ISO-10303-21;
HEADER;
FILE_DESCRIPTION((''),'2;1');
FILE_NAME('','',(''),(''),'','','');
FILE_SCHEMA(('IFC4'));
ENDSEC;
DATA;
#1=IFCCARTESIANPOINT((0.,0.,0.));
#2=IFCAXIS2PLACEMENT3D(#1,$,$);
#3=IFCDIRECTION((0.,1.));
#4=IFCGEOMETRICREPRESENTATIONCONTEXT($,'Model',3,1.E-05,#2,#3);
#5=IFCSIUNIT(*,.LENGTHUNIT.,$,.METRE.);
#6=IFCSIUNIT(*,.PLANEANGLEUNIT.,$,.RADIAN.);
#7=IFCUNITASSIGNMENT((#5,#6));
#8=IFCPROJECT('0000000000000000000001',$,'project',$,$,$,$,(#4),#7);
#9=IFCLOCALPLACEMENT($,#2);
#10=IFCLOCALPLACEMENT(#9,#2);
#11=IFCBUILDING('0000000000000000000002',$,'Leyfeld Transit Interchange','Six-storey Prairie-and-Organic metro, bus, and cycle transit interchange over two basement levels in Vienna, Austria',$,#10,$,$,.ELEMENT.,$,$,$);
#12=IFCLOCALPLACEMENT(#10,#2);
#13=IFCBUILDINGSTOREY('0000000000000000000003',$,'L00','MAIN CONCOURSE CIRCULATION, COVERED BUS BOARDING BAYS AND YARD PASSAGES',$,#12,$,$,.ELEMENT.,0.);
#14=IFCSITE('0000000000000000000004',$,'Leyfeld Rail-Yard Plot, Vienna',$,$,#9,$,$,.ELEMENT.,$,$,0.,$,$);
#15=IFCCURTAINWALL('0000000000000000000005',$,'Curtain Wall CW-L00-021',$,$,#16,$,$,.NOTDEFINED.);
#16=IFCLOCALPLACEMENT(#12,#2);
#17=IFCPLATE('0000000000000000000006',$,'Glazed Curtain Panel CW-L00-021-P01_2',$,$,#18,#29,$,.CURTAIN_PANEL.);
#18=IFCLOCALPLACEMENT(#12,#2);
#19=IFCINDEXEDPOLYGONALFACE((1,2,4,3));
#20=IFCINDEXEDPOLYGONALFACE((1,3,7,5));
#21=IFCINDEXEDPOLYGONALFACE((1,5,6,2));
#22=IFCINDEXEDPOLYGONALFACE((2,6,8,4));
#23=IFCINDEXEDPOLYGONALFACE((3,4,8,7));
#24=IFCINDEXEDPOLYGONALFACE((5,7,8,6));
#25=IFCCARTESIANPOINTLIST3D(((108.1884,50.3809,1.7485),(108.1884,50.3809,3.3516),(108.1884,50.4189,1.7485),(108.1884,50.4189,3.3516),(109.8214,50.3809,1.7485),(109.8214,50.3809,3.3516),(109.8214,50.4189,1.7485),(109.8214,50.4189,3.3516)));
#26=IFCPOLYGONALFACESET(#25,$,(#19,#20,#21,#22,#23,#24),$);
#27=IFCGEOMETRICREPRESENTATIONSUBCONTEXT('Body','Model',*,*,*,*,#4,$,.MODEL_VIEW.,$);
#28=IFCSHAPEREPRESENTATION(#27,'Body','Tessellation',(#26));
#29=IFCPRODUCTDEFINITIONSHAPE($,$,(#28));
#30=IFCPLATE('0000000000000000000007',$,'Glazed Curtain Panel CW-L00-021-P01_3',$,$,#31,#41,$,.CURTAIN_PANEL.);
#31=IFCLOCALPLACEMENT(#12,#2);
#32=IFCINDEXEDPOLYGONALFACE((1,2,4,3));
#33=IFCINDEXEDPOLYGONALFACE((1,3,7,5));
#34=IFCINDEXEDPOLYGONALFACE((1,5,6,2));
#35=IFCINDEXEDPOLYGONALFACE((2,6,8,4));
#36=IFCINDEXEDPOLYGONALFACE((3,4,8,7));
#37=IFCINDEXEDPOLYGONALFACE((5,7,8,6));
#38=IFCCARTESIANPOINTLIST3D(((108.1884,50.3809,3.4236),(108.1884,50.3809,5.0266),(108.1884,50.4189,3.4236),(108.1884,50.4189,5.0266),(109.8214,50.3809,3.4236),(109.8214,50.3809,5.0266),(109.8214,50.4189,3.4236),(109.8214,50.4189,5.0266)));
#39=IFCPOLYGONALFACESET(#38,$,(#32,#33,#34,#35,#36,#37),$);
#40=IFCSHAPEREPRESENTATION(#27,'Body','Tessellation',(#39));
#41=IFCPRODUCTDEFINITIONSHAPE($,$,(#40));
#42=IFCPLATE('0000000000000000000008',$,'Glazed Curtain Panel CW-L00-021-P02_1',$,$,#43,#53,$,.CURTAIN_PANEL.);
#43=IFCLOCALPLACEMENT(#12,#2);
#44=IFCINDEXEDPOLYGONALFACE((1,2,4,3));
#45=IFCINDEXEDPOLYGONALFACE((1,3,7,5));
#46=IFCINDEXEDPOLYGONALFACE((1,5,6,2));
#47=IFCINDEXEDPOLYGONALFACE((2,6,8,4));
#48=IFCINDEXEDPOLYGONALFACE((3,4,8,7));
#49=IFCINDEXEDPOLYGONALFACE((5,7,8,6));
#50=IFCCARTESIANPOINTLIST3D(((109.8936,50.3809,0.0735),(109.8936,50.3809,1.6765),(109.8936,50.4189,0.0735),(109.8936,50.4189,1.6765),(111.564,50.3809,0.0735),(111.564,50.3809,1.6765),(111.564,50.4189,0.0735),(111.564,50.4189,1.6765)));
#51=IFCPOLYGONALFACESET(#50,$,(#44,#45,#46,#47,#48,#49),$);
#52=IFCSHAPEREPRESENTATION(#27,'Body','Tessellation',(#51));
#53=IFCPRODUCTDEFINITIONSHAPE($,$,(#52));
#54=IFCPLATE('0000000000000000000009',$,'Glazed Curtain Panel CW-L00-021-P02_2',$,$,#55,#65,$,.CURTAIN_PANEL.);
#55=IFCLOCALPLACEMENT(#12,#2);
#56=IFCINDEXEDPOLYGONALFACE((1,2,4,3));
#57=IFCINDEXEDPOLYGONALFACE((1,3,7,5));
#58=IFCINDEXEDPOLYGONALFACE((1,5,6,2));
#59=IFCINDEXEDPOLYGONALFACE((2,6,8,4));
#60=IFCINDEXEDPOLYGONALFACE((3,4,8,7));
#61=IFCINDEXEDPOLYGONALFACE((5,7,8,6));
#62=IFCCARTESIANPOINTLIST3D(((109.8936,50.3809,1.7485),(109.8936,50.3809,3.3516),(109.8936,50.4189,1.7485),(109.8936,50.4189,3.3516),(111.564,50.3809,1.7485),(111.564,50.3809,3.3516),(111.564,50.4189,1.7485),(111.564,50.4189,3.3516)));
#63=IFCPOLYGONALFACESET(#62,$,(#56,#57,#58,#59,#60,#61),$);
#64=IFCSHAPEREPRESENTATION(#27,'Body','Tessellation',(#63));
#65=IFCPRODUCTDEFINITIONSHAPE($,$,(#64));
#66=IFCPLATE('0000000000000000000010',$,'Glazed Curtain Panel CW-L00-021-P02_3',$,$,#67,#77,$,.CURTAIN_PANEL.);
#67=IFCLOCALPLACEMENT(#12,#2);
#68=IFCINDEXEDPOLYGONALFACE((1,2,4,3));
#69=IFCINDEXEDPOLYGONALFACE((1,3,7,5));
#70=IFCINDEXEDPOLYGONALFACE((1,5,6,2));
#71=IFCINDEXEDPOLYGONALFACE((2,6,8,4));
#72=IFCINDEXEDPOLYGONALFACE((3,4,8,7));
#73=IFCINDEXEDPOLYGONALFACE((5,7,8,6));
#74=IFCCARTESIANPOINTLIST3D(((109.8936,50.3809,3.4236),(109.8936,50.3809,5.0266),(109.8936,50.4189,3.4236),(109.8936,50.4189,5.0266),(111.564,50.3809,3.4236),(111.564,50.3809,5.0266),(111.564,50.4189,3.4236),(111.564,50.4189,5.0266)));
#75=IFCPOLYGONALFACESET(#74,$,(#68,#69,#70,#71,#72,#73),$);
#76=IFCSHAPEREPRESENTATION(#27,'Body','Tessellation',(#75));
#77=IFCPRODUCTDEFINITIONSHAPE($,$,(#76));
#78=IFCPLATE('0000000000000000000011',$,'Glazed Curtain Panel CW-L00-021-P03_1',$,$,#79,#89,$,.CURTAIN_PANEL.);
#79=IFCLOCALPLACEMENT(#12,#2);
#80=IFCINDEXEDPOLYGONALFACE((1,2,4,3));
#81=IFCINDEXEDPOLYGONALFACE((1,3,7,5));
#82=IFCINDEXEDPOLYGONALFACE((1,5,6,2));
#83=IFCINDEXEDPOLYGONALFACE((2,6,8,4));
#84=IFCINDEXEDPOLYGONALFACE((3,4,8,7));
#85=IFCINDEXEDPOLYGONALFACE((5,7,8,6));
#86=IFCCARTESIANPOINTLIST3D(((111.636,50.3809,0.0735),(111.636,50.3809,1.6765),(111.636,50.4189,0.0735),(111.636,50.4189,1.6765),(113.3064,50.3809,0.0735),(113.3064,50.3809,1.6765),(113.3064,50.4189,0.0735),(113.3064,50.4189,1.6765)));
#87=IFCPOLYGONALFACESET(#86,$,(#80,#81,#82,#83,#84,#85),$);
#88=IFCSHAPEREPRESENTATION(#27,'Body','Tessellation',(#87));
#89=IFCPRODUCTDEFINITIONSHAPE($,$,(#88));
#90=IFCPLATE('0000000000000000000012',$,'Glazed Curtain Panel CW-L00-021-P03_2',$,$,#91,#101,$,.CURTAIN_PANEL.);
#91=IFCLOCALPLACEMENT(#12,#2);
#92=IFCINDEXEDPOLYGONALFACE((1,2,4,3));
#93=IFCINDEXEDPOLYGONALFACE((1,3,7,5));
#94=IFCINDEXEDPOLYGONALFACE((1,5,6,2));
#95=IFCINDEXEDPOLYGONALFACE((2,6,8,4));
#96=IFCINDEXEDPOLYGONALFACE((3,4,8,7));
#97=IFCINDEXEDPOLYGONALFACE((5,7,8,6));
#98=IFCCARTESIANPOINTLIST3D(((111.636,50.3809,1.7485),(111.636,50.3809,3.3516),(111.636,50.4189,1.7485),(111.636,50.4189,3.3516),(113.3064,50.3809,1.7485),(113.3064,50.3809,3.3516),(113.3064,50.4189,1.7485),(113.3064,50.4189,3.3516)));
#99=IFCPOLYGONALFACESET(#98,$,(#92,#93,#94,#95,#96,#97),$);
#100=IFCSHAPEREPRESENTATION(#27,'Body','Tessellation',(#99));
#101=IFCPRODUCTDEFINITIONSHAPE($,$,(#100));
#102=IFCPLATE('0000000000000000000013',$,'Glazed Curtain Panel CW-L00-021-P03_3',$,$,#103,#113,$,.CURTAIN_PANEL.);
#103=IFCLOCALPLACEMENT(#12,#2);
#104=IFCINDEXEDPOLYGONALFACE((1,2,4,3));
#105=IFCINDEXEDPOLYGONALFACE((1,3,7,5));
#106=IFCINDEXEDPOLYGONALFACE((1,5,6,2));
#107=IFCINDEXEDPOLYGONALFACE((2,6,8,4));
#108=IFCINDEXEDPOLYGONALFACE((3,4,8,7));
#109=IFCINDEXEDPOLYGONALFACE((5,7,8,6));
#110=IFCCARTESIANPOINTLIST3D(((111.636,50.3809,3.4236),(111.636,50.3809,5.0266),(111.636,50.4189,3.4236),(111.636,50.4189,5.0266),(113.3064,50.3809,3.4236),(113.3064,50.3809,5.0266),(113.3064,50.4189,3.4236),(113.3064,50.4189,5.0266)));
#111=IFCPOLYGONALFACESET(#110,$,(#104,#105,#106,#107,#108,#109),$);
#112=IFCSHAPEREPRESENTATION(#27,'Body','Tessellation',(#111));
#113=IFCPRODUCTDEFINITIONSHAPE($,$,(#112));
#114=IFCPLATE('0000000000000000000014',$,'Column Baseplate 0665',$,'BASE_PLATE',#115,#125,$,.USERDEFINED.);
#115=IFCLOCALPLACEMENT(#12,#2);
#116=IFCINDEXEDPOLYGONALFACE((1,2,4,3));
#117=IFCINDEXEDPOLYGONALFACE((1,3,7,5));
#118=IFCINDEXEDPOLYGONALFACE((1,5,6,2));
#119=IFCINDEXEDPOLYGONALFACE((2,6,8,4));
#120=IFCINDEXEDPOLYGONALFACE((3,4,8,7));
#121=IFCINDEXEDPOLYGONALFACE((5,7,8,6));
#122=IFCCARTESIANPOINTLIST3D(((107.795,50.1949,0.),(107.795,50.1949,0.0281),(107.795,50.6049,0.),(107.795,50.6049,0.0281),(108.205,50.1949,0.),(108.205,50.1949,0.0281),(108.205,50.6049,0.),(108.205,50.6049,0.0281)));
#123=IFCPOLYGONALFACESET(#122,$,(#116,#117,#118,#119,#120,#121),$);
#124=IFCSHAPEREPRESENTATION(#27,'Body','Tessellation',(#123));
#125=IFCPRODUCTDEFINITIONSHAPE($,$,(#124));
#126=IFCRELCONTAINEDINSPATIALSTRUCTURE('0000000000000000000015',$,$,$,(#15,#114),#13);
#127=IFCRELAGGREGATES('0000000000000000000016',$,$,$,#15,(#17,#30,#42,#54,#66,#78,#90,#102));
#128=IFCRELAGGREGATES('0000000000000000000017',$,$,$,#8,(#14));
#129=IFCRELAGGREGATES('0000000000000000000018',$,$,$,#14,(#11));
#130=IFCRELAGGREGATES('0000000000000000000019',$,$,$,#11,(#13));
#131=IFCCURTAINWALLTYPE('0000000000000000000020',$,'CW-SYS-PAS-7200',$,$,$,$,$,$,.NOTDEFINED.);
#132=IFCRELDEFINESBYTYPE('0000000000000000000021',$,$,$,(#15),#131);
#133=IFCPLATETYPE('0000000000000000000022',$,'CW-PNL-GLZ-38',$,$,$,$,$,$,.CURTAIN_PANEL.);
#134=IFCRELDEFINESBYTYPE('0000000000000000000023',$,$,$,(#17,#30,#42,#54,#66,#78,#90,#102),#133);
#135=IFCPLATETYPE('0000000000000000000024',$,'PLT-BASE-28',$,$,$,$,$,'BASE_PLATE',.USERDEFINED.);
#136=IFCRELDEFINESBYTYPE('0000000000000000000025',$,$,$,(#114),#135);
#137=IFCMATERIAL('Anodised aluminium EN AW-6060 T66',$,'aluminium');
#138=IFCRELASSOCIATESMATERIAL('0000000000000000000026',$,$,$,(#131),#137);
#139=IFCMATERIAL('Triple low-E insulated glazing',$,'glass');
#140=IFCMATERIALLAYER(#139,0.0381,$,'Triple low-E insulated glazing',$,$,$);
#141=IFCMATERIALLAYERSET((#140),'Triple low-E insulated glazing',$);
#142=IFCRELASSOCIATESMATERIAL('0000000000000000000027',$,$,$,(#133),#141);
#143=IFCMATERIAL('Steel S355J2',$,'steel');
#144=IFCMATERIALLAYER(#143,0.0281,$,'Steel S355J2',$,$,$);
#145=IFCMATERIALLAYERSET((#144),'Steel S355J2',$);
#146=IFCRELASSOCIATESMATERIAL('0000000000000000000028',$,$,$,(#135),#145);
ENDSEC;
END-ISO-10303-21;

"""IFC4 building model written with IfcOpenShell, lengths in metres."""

from ifc_helpers import new_model, si_unit, direction, frame, origin, origin_2d, place, context, subcontext, project, spatial, rectangle, extrude, material, layer, layer_set, type_object, element, aggregate, save


model = new_model("IFC4")

# Units and contexts
model_context = context("Model", 3, precision=1e-05, world=origin(), true_north=direction((0.0, 1.0)))
body_context = subcontext(model_context, "Body", "Model", "MODEL_VIEW")
ifc_project = project(units=[si_unit("LENGTHUNIT", "METRE"), si_unit("PLANEANGLEUNIT", "RADIAN")], contexts=[model_context])

# Site, building, storey
site_placement = place(None, origin())
site = spatial("IfcSite", under=ifc_project, at=site_placement, Name="Leyfeld Rail-Yard Plot, Vienna", CompositionType="ELEMENT", RefElevation=0.0)
building_placement = place(site_placement, origin())
building = spatial("IfcBuilding", under=site, at=building_placement, Name="Leyfeld Transit Interchange", Description="Six-storey Prairie-and-Organic metro, bus, and cycle transit interchange over two basement levels in Vienna, Austria", CompositionType="ELEMENT")
storey_placement = place(building_placement, origin())
storey = spatial("IfcBuildingStorey", under=building, at=storey_placement, Name="L00", Description="MAIN CONCOURSE CIRCULATION, COVERED BUS BOARDING BAYS AND YARD PASSAGES", CompositionType="ELEMENT", Elevation=0.0)

# Shared definitions
ifc_material_1 = material(Name="Steel S355J2", Category="steel")

# Curtain wall
ifc_material_2 = material(Name="Anodised aluminium EN AW-6060 T66", Category="aluminium")
curtain_wall_type = type_object("IfcCurtainWallType", Name="CW-SYS-PAS-7200", PredefinedType="NOTDEFINED", material=ifc_material_2)
curtain_wall_1_placement = place(storey_placement, origin())
curtain_wall_1 = element("IfcCurtainWall", 1, at=curtain_wall_1_placement, inside=storey, type_object=curtain_wall_type, Name="Curtain Wall CW-L00-021", PredefinedType="NOTDEFINED")

# Plates
ifc_material_3 = material(Name="Triple low-E insulated glazing", Category="glass")
ifc_layer_1 = layer(ifc_material_3, 0.0381, Name="Triple low-E insulated glazing")
ifc_layer_set_1 = layer_set([ifc_layer_1], Name="Triple low-E insulated glazing")
plate_type_1 = type_object("IfcPlateType", Name="CW-PNL-GLZ-38", PredefinedType="CURTAIN_PANEL", material=ifc_layer_set_1)
plate_1_placement = place(storey_placement, frame((109.0049, 50.3999, 1.7485), z_axis=(0.0, 0.0, 1.0), x_axis=(1.0, 0.0, 0.0)))
plate_1 = element("IfcPlate", 2, at=plate_1_placement, type_object=plate_type_1, Name="Glazed Curtain Panel CW-L00-021-P01_2", PredefinedType="CURTAIN_PANEL", context=body_context, shape_type="SweptSolid", body=[
    extrude(rectangle(XDim=1.6331, YDim=0.0381, at=origin_2d()), origin(), (0.0, 0.0, 1.0), 1.603),
])
plate_2_placement = place(storey_placement, frame((109.0049, 50.3999, 3.4236), z_axis=(0.0, 0.0, 1.0), x_axis=(1.0, 0.0, 0.0)))
plate_2 = element("IfcPlate", 3, at=plate_2_placement, type_object=plate_type_1, Name="Glazed Curtain Panel CW-L00-021-P01_3", PredefinedType="CURTAIN_PANEL", context=body_context, shape_type="SweptSolid", body=[
    extrude(rectangle(XDim=1.6331, YDim=0.0381, at=origin_2d()), origin(), (0.0, 0.0, 1.0), 1.603),
])
plate_3_placement = place(storey_placement, frame((110.7288, 50.3999, 0.0735), z_axis=(0.0, 0.0, 1.0), x_axis=(1.0, 0.0, 0.0)))
plate_3 = element("IfcPlate", 4, at=plate_3_placement, type_object=plate_type_1, Name="Glazed Curtain Panel CW-L00-021-P02_1", PredefinedType="CURTAIN_PANEL", context=body_context, shape_type="SweptSolid", body=[
    extrude(rectangle(XDim=1.6704, YDim=0.0381, at=origin_2d()), origin(), (0.0, 0.0, 1.0), 1.603),
])
plate_4_placement = place(storey_placement, frame((110.7288, 50.3999, 1.7485), z_axis=(0.0, 0.0, 1.0), x_axis=(1.0, 0.0, 0.0)))
plate_4 = element("IfcPlate", 5, at=plate_4_placement, type_object=plate_type_1, Name="Glazed Curtain Panel CW-L00-021-P02_2", PredefinedType="CURTAIN_PANEL", context=body_context, shape_type="SweptSolid", body=[
    extrude(rectangle(XDim=1.6704, YDim=0.0381, at=origin_2d()), origin(), (0.0, 0.0, 1.0), 1.603),
])
plate_5_placement = place(storey_placement, frame((110.7288, 50.3999, 3.4236), z_axis=(0.0, 0.0, 1.0), x_axis=(1.0, 0.0, 0.0)))
plate_5 = element("IfcPlate", 6, at=plate_5_placement, type_object=plate_type_1, Name="Glazed Curtain Panel CW-L00-021-P02_3", PredefinedType="CURTAIN_PANEL", context=body_context, shape_type="SweptSolid", body=[
    extrude(rectangle(XDim=1.6704, YDim=0.0381, at=origin_2d()), origin(), (0.0, 0.0, 1.0), 1.603),
])
plate_6_placement = place(storey_placement, frame((112.4712, 50.3999, 0.0735), z_axis=(0.0, 0.0, 1.0), x_axis=(1.0, 0.0, 0.0)))
plate_6 = element("IfcPlate", 7, at=plate_6_placement, type_object=plate_type_1, Name="Glazed Curtain Panel CW-L00-021-P03_1", PredefinedType="CURTAIN_PANEL", context=body_context, shape_type="SweptSolid", body=[
    extrude(rectangle(XDim=1.6704, YDim=0.0381, at=origin_2d()), origin(), (0.0, 0.0, 1.0), 1.603),
])
plate_7_placement = place(storey_placement, frame((112.4712, 50.3999, 1.7485), z_axis=(0.0, 0.0, 1.0), x_axis=(1.0, 0.0, 0.0)))
plate_7 = element("IfcPlate", 8, at=plate_7_placement, type_object=plate_type_1, Name="Glazed Curtain Panel CW-L00-021-P03_2", PredefinedType="CURTAIN_PANEL", context=body_context, shape_type="SweptSolid", body=[
    extrude(rectangle(XDim=1.6704, YDim=0.0381, at=origin_2d()), origin(), (0.0, 0.0, 1.0), 1.603),
])
plate_8_placement = place(storey_placement, frame((112.4712, 50.3999, 3.4236), z_axis=(0.0, 0.0, 1.0), x_axis=(1.0, 0.0, 0.0)))
plate_8 = element("IfcPlate", 9, at=plate_8_placement, type_object=plate_type_1, Name="Glazed Curtain Panel CW-L00-021-P03_3", PredefinedType="CURTAIN_PANEL", context=body_context, shape_type="SweptSolid", body=[
    extrude(rectangle(XDim=1.6704, YDim=0.0381, at=origin_2d()), origin(), (0.0, 0.0, 1.0), 1.603),
])
aggregate(curtain_wall_1, [plate_1, plate_2, plate_3, plate_4, plate_5, plate_6, plate_7, plate_8])
ifc_layer_2 = layer(ifc_material_1, 0.0281, Name="Steel S355J2")
ifc_layer_set_2 = layer_set([ifc_layer_2], Name="Steel S355J2")
plate_type_2 = type_object("IfcPlateType", Name="PLT-BASE-28", ElementType="BASE_PLATE", PredefinedType="USERDEFINED", material=ifc_layer_set_2)
plate_9_placement = place(storey_placement, frame((108.0, 50.3999, 0.0), z_axis=(0.0, 0.0, 1.0), x_axis=(1.0, 0.0, 0.0)))
element("IfcPlate", 10, at=plate_9_placement, inside=storey, type_object=plate_type_2, Name="Column Baseplate 0665", ObjectType="BASE_PLATE", PredefinedType="USERDEFINED", context=body_context, shape_type="SweptSolid", body=[
    extrude(rectangle(XDim=0.4099, YDim=0.4099, at=origin_2d()), origin(), (0.0, 0.0, 1.0), 0.0281),
])

save(model, "model.ifc")
